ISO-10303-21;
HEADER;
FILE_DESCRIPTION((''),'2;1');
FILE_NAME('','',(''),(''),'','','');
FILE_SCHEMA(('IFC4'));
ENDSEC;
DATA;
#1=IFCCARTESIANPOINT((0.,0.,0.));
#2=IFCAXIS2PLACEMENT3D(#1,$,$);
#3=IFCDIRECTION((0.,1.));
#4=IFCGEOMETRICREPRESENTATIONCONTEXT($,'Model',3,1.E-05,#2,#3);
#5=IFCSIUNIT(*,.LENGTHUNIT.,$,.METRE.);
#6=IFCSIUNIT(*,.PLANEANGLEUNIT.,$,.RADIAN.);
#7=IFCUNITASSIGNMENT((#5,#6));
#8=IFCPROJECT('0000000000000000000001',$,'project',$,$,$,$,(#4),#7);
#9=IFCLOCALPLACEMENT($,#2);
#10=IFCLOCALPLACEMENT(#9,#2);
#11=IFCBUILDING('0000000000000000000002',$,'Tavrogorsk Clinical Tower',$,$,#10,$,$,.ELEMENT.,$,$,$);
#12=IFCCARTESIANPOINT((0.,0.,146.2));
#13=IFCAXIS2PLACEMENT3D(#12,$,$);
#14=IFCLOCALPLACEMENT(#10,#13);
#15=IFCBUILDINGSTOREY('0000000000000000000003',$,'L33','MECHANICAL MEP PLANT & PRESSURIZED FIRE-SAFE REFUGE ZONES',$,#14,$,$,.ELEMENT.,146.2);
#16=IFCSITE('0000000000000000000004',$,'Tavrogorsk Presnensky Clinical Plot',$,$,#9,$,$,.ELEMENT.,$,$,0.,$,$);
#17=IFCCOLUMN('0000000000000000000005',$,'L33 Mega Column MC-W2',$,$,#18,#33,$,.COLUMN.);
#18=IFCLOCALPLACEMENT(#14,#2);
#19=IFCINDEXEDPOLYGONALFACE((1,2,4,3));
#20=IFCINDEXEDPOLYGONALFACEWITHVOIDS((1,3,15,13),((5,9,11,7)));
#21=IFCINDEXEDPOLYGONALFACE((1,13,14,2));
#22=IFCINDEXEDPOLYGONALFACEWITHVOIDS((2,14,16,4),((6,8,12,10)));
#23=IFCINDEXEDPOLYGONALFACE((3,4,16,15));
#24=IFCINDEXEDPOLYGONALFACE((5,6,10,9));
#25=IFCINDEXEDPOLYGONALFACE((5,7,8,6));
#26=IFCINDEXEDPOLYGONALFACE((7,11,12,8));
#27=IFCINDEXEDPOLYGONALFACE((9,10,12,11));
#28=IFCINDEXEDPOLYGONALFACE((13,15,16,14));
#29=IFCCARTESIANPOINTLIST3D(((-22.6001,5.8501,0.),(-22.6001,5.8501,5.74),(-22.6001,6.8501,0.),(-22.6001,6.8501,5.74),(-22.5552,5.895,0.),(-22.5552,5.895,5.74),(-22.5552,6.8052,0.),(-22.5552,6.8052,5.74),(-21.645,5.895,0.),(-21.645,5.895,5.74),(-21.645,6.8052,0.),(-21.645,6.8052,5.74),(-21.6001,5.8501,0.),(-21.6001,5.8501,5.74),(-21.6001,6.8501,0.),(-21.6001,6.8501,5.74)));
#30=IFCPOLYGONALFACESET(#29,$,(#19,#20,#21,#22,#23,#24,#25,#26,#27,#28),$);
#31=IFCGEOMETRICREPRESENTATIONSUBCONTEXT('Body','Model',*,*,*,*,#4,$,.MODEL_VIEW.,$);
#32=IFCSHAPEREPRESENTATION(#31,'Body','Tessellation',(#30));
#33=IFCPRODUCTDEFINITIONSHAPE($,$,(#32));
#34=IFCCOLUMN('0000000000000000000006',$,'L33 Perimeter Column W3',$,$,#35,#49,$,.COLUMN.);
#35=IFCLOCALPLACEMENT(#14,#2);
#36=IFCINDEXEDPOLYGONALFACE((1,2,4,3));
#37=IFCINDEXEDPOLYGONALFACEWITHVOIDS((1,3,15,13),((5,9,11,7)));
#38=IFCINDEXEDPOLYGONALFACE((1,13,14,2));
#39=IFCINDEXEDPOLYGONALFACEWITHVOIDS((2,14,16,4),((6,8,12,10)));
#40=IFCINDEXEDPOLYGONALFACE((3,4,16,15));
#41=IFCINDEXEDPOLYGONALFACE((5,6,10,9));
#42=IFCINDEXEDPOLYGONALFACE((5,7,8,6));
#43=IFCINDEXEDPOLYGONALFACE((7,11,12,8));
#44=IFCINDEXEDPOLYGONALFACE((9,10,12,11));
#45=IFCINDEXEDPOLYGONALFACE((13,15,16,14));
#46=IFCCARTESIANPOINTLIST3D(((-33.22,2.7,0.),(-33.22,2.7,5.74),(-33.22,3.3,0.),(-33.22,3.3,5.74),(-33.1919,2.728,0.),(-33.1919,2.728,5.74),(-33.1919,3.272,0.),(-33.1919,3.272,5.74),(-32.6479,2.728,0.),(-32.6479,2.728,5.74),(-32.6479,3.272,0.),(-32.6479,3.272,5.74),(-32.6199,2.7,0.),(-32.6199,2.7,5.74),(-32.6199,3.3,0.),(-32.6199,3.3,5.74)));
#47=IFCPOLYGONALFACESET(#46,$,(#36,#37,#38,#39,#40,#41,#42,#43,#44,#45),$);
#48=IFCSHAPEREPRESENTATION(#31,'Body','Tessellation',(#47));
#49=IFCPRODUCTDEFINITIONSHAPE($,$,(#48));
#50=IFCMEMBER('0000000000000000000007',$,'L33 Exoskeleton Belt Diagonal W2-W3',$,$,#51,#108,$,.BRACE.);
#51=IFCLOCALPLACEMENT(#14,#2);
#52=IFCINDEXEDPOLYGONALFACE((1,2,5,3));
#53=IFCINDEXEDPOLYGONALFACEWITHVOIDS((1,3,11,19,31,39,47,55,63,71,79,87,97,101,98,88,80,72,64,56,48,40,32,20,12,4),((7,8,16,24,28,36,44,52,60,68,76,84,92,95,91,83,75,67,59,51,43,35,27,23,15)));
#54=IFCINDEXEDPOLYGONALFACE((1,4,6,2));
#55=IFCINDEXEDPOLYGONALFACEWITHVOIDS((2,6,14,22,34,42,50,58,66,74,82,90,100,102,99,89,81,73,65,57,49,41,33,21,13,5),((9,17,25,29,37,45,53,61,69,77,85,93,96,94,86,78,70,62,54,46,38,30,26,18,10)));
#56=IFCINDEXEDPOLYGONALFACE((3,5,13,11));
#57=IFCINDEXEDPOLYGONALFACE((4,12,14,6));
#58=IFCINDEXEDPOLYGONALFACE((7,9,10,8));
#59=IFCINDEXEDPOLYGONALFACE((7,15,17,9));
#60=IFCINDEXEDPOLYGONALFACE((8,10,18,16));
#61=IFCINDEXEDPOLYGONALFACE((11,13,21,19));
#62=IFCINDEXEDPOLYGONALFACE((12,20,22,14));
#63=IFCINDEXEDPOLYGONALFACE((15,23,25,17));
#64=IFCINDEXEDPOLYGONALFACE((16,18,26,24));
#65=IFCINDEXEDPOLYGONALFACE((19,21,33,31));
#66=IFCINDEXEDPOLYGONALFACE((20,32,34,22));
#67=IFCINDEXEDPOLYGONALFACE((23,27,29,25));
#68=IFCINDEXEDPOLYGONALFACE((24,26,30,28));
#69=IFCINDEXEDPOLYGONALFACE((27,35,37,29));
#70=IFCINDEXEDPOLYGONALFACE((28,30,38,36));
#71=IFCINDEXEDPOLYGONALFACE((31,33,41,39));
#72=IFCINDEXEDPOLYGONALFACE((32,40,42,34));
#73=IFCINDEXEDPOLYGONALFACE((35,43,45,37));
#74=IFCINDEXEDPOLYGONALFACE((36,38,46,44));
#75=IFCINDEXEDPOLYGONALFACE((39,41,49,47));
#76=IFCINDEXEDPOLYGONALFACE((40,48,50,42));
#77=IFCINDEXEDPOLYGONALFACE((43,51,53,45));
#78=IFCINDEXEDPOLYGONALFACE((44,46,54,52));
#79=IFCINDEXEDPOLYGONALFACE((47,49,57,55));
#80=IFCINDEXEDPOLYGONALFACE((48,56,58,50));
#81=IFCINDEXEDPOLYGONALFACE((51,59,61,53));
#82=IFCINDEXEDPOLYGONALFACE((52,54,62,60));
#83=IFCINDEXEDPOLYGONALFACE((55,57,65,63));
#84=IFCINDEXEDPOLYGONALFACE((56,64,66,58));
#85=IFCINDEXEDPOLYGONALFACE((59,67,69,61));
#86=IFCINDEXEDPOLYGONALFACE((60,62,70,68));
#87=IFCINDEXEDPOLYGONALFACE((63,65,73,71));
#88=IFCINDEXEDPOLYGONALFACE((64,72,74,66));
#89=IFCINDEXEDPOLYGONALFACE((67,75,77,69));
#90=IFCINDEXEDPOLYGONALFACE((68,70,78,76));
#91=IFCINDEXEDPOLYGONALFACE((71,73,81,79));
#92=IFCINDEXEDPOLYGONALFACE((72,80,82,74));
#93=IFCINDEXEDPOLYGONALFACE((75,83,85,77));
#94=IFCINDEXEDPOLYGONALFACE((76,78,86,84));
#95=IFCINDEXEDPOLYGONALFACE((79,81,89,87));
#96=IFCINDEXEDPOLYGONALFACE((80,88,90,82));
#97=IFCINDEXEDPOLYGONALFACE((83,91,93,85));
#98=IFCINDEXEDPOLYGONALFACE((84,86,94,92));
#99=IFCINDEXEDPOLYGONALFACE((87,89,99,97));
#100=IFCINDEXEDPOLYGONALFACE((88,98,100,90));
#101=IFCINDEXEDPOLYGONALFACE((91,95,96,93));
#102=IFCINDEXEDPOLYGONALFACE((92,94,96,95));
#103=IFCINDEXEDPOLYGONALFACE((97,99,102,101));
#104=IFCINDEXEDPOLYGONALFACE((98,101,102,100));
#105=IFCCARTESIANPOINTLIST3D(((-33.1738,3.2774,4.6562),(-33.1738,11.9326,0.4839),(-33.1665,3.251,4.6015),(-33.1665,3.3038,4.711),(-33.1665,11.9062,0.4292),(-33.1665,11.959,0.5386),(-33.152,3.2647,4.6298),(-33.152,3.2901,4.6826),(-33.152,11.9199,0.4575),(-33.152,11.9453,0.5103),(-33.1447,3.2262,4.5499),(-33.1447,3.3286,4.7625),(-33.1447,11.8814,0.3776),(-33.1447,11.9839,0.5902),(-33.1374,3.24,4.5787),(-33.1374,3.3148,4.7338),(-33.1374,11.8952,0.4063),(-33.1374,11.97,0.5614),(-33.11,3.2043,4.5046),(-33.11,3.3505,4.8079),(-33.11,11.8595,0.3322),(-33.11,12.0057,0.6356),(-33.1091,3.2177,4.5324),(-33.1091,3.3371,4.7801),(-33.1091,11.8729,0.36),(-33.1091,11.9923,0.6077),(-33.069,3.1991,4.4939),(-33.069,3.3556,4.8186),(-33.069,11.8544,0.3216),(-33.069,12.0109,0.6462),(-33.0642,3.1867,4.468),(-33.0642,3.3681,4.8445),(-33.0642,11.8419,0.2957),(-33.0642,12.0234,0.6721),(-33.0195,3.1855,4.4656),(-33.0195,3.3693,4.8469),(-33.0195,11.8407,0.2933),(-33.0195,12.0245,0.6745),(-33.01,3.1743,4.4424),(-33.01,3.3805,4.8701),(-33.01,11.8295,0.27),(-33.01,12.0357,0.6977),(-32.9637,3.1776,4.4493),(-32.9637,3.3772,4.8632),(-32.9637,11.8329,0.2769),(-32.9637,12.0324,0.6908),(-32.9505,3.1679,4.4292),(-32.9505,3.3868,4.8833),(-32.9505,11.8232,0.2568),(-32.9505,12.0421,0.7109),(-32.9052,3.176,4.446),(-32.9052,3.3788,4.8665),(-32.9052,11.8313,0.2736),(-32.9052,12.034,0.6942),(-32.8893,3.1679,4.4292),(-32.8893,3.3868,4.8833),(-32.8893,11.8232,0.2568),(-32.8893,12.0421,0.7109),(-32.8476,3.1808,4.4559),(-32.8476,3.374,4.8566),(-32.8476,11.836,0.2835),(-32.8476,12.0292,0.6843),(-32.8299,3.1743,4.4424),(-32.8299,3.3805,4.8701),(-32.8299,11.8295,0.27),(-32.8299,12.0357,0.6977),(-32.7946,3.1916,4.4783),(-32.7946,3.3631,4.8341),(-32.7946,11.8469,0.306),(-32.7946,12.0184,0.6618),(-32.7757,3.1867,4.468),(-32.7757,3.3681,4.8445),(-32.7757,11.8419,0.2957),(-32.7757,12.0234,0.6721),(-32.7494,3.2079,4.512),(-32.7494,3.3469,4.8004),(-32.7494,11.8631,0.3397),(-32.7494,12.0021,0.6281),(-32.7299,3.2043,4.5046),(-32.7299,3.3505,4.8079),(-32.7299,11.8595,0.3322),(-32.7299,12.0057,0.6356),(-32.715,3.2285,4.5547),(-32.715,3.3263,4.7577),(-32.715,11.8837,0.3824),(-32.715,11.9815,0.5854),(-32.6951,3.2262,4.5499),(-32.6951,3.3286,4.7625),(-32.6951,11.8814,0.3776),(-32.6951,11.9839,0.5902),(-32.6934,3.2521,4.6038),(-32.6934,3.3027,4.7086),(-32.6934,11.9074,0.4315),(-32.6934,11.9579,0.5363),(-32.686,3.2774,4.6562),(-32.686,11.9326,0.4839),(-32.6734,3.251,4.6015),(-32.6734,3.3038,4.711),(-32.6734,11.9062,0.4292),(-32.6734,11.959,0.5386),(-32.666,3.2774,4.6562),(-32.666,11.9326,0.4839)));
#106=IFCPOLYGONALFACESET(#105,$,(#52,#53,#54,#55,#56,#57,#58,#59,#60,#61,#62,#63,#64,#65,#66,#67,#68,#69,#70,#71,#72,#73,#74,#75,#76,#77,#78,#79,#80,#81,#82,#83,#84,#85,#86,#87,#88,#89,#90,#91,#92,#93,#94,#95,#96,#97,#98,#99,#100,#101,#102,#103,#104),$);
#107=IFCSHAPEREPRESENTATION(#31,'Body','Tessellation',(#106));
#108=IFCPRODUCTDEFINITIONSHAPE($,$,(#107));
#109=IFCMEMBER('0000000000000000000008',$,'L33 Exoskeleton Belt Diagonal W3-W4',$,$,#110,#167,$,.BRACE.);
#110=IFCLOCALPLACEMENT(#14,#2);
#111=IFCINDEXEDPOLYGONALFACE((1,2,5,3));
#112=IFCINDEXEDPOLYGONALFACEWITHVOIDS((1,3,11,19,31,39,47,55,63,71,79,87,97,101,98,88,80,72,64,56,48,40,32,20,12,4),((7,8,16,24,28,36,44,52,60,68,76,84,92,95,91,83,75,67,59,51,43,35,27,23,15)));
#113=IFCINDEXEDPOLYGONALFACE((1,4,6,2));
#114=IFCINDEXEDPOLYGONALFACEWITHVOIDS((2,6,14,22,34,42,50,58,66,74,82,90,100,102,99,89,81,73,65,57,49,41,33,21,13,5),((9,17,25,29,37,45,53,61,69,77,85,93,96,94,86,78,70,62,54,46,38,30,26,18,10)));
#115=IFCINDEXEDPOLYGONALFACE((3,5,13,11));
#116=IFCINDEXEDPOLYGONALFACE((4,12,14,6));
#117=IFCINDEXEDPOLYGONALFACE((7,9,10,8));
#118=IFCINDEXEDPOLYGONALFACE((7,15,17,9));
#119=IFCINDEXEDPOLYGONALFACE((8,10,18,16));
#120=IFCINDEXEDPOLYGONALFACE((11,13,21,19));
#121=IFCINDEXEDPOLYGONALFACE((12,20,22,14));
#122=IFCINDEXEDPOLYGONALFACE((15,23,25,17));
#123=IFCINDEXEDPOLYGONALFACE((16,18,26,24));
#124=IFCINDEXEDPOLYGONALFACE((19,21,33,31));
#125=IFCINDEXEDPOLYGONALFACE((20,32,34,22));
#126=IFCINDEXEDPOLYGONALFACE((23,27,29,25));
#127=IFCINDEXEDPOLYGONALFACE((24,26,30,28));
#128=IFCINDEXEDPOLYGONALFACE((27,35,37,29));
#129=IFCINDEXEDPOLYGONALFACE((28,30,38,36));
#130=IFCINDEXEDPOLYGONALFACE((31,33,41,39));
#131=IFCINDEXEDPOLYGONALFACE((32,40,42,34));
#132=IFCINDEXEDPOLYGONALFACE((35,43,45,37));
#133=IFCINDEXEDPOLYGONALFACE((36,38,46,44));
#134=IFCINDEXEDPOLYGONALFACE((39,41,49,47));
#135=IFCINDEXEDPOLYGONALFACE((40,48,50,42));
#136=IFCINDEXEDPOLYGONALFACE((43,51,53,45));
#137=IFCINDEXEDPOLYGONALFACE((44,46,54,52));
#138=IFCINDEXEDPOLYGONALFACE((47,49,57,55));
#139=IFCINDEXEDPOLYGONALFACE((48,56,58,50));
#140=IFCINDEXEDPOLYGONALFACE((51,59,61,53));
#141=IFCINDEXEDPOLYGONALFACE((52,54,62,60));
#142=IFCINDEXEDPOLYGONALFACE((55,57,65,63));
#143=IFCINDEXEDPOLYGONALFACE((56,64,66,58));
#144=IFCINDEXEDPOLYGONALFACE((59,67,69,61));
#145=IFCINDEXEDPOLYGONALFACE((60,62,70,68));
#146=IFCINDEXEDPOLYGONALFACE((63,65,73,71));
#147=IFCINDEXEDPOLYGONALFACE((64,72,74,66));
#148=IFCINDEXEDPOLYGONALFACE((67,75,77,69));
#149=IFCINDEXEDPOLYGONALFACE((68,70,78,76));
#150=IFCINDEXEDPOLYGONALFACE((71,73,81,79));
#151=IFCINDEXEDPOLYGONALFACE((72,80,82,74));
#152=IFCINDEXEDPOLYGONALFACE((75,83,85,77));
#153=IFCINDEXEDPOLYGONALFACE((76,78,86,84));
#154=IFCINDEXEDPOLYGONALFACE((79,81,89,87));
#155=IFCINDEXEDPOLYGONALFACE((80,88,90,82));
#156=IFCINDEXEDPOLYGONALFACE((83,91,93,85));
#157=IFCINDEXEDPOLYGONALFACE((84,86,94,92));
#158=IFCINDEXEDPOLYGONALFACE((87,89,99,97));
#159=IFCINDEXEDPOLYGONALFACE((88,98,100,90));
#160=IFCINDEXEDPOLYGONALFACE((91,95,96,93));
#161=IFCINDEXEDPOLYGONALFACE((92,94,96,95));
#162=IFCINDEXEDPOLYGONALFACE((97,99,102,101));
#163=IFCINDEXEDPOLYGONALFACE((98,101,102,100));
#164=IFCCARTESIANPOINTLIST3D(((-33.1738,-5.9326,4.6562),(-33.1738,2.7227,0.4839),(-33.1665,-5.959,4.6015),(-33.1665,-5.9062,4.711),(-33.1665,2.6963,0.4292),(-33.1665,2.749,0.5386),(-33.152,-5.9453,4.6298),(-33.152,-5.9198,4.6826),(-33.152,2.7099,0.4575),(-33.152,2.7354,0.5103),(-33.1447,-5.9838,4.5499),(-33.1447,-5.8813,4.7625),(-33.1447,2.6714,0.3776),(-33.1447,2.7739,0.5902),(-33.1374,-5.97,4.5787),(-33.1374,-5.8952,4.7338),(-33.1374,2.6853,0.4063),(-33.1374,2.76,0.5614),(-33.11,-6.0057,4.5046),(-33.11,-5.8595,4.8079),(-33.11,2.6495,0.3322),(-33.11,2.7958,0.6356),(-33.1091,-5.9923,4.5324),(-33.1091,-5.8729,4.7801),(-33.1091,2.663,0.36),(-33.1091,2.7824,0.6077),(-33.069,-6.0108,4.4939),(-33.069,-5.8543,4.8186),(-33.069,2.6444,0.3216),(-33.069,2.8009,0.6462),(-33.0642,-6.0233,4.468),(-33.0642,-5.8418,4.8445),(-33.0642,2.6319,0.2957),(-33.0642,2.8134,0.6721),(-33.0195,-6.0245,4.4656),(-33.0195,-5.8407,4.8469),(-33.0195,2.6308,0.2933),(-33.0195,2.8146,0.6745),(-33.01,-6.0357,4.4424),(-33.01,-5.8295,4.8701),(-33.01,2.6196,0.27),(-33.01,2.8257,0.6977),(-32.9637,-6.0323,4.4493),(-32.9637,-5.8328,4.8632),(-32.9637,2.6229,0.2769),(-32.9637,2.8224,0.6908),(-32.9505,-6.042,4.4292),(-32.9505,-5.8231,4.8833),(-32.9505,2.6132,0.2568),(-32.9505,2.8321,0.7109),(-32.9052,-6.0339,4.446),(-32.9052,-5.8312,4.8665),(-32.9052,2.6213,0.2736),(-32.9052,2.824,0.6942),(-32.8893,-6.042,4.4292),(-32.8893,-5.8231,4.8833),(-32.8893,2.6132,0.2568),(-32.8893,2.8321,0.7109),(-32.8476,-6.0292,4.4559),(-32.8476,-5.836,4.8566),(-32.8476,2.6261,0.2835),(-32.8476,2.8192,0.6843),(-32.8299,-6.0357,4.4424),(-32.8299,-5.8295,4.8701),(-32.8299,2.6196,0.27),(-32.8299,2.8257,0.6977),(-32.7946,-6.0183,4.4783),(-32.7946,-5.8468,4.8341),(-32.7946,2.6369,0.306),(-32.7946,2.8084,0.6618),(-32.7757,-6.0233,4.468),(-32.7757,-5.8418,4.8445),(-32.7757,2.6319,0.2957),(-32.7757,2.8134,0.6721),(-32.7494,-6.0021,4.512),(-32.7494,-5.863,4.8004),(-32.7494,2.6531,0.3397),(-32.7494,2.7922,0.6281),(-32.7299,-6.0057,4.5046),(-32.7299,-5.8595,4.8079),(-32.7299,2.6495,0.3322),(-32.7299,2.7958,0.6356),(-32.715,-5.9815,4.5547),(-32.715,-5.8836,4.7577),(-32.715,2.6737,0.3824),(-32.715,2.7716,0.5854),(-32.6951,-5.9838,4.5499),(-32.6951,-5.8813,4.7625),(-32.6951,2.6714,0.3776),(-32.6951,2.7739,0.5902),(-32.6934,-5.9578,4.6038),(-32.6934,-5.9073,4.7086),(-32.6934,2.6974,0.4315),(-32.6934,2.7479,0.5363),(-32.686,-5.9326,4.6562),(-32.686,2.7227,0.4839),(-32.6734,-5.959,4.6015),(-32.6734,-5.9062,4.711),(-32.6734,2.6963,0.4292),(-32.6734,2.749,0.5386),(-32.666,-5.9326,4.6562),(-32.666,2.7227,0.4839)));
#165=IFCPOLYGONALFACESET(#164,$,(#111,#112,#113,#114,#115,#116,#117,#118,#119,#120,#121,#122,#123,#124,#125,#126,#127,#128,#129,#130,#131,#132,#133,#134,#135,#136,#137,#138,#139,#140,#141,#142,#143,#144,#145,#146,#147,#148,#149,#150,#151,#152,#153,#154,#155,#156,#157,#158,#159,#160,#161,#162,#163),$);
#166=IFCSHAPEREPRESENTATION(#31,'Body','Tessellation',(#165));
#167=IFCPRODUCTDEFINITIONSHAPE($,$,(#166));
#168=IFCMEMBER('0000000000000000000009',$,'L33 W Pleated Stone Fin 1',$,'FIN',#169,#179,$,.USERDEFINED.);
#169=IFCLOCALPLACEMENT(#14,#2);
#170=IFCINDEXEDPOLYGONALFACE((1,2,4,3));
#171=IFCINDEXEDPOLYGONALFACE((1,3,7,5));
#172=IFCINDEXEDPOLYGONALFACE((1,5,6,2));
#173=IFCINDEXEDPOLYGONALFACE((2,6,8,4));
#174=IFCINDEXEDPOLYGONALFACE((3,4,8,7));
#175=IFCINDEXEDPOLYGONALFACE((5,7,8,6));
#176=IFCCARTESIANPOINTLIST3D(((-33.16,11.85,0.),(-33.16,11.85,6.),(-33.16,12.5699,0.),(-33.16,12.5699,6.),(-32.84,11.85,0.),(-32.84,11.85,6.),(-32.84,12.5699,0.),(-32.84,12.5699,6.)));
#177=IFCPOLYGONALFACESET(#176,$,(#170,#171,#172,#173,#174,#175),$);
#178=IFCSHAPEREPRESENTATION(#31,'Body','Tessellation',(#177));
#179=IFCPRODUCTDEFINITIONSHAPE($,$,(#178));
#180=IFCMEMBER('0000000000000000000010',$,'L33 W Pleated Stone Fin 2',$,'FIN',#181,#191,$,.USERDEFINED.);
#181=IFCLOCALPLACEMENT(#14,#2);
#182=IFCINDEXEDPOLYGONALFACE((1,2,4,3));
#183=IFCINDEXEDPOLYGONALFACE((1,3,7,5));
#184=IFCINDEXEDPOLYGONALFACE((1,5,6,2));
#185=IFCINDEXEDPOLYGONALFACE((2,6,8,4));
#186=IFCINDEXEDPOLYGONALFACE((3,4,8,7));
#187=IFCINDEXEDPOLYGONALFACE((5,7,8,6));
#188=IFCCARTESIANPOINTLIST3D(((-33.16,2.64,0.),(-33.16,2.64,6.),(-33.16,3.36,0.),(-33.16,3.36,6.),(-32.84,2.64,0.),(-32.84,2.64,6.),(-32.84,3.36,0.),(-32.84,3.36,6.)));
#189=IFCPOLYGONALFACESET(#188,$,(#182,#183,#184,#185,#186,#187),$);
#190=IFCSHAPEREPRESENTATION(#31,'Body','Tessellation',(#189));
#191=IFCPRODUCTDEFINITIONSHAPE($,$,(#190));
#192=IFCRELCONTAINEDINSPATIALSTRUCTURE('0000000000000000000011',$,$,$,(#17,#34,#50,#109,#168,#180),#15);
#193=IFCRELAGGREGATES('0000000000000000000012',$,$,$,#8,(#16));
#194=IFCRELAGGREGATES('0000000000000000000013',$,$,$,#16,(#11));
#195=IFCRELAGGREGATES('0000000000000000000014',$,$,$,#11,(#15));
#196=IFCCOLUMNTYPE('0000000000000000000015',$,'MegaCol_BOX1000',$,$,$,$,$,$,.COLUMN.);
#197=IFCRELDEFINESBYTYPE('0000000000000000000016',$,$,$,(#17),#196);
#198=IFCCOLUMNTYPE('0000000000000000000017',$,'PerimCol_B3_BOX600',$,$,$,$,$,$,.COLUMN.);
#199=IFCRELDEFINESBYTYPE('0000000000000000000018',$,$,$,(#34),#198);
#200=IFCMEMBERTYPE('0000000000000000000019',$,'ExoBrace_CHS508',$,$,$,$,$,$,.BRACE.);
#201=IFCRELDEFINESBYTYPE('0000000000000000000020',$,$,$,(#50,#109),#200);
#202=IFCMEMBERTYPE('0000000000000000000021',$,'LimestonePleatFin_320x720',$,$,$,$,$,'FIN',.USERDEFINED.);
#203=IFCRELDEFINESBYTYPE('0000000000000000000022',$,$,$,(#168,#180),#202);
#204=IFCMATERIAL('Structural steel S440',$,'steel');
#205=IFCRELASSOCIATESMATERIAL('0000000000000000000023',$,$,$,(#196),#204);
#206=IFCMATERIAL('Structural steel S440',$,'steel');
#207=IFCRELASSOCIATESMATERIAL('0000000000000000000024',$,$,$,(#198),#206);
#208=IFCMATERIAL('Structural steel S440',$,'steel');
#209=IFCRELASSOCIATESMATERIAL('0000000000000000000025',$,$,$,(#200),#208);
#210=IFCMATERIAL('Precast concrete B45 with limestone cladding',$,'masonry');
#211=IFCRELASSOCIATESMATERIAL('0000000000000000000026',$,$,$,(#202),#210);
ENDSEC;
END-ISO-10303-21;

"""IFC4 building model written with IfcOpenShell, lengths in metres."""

from ifc_helpers import new_model, si_unit, direction, frame, origin, origin_2d, place, context, subcontext, project, spatial, rectangle, hollow_rectangle, hollow_circle, extrude, material, material_profile, profile_set, type_object, element, save


model = new_model("IFC4")

# Units and contexts
model_context = context("Model", 3, precision=1e-05, world=origin(), true_north=direction((0.0, 1.0)))
body_context = subcontext(model_context, "Body", "Model", "MODEL_VIEW")
ifc_project = project(units=[si_unit("LENGTHUNIT", "METRE"), si_unit("PLANEANGLEUNIT", "RADIAN")], contexts=[model_context])

# Site, building, storey
site_placement = place(None, origin())
site = spatial("IfcSite", under=ifc_project, at=site_placement, Name="Tavrogorsk Presnensky Clinical Plot", CompositionType="ELEMENT", RefElevation=0.0)
building_placement = place(site_placement, origin())
building = spatial("IfcBuilding", under=site, at=building_placement, Name="Tavrogorsk Clinical Tower", CompositionType="ELEMENT")
storey_placement = place(building_placement, frame((0.0, 0.0, 146.2)))
storey = spatial("IfcBuildingStorey", under=building, at=storey_placement, Name="L33", Description="MECHANICAL MEP PLANT & PRESSURIZED FIRE-SAFE REFUGE ZONES", CompositionType="ELEMENT", Elevation=146.2)

# Columns
ifc_material_1 = material(Name="Structural steel S440", Category="steel")
ifc_material_profile_1 = material_profile(ifc_material_1, hollow_rectangle(XDim=1.0, YDim=1.0, WallThickness=0.0449, at=origin_2d()), Name="BOX-1000x1000x45")
ifc_profile_set_1 = profile_set([ifc_material_profile_1], Name="Structural steel S440")
column_type_1 = type_object("IfcColumnType", Name="MegaCol_BOX1000", PredefinedType="COLUMN", material=ifc_profile_set_1)
column_1_placement = place(storey_placement, frame((-22.1001, 6.3501, 0.0), z_axis=(0.0, 0.0, 1.0), x_axis=(1.0, 0.0, 0.0)))
element("IfcColumn", 1, at=column_1_placement, inside=storey, type_object=column_type_1, Name="L33 Mega Column MC-W2", PredefinedType="COLUMN", context=body_context, shape_type="SweptSolid", body=[
    extrude(hollow_rectangle(XDim=1.0, YDim=1.0, WallThickness=0.0449, at=origin_2d()), origin(), (0.0, 0.0, 1.0), 5.74),
])
ifc_material_2 = material(Name="Structural steel S440", Category="steel")
ifc_material_profile_2 = material_profile(ifc_material_2, hollow_rectangle(XDim=0.6001, YDim=0.6001, WallThickness=0.0281, at=origin_2d()), Name="BOX-600x600x28")
ifc_profile_set_2 = profile_set([ifc_material_profile_2], Name="Structural steel S440")
column_type_2 = type_object("IfcColumnType", Name="PerimCol_B3_BOX600", PredefinedType="COLUMN", material=ifc_profile_set_2)
column_2_placement = place(storey_placement, frame((-32.9199, 3.0, 0.0), z_axis=(0.0, 0.0, 1.0), x_axis=(1.0, 0.0, 0.0)))
element("IfcColumn", 2, at=column_2_placement, inside=storey, type_object=column_type_2, Name="L33 Perimeter Column W3", PredefinedType="COLUMN", context=body_context, shape_type="SweptSolid", body=[
    extrude(hollow_rectangle(XDim=0.6001, YDim=0.6001, WallThickness=0.0281, at=origin_2d()), origin(), (0.0, 0.0, 1.0), 5.74),
])

# Members
ifc_material_3 = material(Name="Structural steel S440", Category="steel")
ifc_material_profile_3 = material_profile(ifc_material_3, hollow_circle(Radius=0.2539, WallThickness=0.02, at=origin_2d()), Name="CHS-508x20")
ifc_profile_set_3 = profile_set([ifc_material_profile_3], Name="Structural steel S440")
member_type_1 = type_object("IfcMemberType", Name="ExoBrace_CHS508", PredefinedType="BRACE", material=ifc_profile_set_3)
for number, where, z_axis, x_axis, name in (
    (3, (-32.9199, 11.9326, 0.4839), (0.0, -0.900798, 0.434239), (1.0, 0.0, 0.0), "L33 Exoskeleton Belt Diagonal W2-W3"),
    (4, (-32.9199, 2.7227, 0.4839), (0.0, -0.900798, 0.434239), (1.0, 0.0, 0.0), "L33 Exoskeleton Belt Diagonal W3-W4"),
):
    element("IfcMember", number, at=place(storey_placement, frame(where, z_axis=z_axis, x_axis=x_axis)), inside=storey, type_object=member_type_1, Name=name, PredefinedType="BRACE", context=body_context, shape_type="SweptSolid", body=[
        extrude(hollow_circle(Radius=0.2539, WallThickness=0.02, at=origin_2d()), origin(), (0.0, 0.0, 1.0), 9.6084),
    ])
ifc_material_4 = material(Name="Precast concrete B45 with limestone cladding", Category="masonry")
ifc_material_profile_4 = material_profile(ifc_material_4, rectangle(XDim=0.3201, YDim=0.72, at=origin_2d()), Name="LIMESTONE-FIN-320x720")
ifc_profile_set_4 = profile_set([ifc_material_profile_4], Name="Precast concrete B45 with limestone cladding")
member_type_2 = type_object("IfcMemberType", Name="LimestonePleatFin_320x720", ElementType="FIN", PredefinedType="USERDEFINED", material=ifc_profile_set_4)
for number, where, z_axis, x_axis, name in (
    (5, (-33.0, 12.21, 0.0), (0.0, 0.0, 1.0), (1.0, 0.0, 0.0), "L33 W Pleated Stone Fin 1"),
    (6, (-33.0, 3.0, 0.0), (0.0, 0.0, 1.0), (1.0, 0.0, 0.0), "L33 W Pleated Stone Fin 2"),
):
    element("IfcMember", number, at=place(storey_placement, frame(where, z_axis=z_axis, x_axis=x_axis)), inside=storey, type_object=member_type_2, Name=name, ObjectType="FIN", PredefinedType="USERDEFINED", context=body_context, shape_type="SweptSolid", body=[
        extrude(rectangle(XDim=0.3201, YDim=0.72, at=origin_2d()), origin(), (0.0, 0.0, 1.0), 6.0),
    ])

save(model, "model.ifc")
